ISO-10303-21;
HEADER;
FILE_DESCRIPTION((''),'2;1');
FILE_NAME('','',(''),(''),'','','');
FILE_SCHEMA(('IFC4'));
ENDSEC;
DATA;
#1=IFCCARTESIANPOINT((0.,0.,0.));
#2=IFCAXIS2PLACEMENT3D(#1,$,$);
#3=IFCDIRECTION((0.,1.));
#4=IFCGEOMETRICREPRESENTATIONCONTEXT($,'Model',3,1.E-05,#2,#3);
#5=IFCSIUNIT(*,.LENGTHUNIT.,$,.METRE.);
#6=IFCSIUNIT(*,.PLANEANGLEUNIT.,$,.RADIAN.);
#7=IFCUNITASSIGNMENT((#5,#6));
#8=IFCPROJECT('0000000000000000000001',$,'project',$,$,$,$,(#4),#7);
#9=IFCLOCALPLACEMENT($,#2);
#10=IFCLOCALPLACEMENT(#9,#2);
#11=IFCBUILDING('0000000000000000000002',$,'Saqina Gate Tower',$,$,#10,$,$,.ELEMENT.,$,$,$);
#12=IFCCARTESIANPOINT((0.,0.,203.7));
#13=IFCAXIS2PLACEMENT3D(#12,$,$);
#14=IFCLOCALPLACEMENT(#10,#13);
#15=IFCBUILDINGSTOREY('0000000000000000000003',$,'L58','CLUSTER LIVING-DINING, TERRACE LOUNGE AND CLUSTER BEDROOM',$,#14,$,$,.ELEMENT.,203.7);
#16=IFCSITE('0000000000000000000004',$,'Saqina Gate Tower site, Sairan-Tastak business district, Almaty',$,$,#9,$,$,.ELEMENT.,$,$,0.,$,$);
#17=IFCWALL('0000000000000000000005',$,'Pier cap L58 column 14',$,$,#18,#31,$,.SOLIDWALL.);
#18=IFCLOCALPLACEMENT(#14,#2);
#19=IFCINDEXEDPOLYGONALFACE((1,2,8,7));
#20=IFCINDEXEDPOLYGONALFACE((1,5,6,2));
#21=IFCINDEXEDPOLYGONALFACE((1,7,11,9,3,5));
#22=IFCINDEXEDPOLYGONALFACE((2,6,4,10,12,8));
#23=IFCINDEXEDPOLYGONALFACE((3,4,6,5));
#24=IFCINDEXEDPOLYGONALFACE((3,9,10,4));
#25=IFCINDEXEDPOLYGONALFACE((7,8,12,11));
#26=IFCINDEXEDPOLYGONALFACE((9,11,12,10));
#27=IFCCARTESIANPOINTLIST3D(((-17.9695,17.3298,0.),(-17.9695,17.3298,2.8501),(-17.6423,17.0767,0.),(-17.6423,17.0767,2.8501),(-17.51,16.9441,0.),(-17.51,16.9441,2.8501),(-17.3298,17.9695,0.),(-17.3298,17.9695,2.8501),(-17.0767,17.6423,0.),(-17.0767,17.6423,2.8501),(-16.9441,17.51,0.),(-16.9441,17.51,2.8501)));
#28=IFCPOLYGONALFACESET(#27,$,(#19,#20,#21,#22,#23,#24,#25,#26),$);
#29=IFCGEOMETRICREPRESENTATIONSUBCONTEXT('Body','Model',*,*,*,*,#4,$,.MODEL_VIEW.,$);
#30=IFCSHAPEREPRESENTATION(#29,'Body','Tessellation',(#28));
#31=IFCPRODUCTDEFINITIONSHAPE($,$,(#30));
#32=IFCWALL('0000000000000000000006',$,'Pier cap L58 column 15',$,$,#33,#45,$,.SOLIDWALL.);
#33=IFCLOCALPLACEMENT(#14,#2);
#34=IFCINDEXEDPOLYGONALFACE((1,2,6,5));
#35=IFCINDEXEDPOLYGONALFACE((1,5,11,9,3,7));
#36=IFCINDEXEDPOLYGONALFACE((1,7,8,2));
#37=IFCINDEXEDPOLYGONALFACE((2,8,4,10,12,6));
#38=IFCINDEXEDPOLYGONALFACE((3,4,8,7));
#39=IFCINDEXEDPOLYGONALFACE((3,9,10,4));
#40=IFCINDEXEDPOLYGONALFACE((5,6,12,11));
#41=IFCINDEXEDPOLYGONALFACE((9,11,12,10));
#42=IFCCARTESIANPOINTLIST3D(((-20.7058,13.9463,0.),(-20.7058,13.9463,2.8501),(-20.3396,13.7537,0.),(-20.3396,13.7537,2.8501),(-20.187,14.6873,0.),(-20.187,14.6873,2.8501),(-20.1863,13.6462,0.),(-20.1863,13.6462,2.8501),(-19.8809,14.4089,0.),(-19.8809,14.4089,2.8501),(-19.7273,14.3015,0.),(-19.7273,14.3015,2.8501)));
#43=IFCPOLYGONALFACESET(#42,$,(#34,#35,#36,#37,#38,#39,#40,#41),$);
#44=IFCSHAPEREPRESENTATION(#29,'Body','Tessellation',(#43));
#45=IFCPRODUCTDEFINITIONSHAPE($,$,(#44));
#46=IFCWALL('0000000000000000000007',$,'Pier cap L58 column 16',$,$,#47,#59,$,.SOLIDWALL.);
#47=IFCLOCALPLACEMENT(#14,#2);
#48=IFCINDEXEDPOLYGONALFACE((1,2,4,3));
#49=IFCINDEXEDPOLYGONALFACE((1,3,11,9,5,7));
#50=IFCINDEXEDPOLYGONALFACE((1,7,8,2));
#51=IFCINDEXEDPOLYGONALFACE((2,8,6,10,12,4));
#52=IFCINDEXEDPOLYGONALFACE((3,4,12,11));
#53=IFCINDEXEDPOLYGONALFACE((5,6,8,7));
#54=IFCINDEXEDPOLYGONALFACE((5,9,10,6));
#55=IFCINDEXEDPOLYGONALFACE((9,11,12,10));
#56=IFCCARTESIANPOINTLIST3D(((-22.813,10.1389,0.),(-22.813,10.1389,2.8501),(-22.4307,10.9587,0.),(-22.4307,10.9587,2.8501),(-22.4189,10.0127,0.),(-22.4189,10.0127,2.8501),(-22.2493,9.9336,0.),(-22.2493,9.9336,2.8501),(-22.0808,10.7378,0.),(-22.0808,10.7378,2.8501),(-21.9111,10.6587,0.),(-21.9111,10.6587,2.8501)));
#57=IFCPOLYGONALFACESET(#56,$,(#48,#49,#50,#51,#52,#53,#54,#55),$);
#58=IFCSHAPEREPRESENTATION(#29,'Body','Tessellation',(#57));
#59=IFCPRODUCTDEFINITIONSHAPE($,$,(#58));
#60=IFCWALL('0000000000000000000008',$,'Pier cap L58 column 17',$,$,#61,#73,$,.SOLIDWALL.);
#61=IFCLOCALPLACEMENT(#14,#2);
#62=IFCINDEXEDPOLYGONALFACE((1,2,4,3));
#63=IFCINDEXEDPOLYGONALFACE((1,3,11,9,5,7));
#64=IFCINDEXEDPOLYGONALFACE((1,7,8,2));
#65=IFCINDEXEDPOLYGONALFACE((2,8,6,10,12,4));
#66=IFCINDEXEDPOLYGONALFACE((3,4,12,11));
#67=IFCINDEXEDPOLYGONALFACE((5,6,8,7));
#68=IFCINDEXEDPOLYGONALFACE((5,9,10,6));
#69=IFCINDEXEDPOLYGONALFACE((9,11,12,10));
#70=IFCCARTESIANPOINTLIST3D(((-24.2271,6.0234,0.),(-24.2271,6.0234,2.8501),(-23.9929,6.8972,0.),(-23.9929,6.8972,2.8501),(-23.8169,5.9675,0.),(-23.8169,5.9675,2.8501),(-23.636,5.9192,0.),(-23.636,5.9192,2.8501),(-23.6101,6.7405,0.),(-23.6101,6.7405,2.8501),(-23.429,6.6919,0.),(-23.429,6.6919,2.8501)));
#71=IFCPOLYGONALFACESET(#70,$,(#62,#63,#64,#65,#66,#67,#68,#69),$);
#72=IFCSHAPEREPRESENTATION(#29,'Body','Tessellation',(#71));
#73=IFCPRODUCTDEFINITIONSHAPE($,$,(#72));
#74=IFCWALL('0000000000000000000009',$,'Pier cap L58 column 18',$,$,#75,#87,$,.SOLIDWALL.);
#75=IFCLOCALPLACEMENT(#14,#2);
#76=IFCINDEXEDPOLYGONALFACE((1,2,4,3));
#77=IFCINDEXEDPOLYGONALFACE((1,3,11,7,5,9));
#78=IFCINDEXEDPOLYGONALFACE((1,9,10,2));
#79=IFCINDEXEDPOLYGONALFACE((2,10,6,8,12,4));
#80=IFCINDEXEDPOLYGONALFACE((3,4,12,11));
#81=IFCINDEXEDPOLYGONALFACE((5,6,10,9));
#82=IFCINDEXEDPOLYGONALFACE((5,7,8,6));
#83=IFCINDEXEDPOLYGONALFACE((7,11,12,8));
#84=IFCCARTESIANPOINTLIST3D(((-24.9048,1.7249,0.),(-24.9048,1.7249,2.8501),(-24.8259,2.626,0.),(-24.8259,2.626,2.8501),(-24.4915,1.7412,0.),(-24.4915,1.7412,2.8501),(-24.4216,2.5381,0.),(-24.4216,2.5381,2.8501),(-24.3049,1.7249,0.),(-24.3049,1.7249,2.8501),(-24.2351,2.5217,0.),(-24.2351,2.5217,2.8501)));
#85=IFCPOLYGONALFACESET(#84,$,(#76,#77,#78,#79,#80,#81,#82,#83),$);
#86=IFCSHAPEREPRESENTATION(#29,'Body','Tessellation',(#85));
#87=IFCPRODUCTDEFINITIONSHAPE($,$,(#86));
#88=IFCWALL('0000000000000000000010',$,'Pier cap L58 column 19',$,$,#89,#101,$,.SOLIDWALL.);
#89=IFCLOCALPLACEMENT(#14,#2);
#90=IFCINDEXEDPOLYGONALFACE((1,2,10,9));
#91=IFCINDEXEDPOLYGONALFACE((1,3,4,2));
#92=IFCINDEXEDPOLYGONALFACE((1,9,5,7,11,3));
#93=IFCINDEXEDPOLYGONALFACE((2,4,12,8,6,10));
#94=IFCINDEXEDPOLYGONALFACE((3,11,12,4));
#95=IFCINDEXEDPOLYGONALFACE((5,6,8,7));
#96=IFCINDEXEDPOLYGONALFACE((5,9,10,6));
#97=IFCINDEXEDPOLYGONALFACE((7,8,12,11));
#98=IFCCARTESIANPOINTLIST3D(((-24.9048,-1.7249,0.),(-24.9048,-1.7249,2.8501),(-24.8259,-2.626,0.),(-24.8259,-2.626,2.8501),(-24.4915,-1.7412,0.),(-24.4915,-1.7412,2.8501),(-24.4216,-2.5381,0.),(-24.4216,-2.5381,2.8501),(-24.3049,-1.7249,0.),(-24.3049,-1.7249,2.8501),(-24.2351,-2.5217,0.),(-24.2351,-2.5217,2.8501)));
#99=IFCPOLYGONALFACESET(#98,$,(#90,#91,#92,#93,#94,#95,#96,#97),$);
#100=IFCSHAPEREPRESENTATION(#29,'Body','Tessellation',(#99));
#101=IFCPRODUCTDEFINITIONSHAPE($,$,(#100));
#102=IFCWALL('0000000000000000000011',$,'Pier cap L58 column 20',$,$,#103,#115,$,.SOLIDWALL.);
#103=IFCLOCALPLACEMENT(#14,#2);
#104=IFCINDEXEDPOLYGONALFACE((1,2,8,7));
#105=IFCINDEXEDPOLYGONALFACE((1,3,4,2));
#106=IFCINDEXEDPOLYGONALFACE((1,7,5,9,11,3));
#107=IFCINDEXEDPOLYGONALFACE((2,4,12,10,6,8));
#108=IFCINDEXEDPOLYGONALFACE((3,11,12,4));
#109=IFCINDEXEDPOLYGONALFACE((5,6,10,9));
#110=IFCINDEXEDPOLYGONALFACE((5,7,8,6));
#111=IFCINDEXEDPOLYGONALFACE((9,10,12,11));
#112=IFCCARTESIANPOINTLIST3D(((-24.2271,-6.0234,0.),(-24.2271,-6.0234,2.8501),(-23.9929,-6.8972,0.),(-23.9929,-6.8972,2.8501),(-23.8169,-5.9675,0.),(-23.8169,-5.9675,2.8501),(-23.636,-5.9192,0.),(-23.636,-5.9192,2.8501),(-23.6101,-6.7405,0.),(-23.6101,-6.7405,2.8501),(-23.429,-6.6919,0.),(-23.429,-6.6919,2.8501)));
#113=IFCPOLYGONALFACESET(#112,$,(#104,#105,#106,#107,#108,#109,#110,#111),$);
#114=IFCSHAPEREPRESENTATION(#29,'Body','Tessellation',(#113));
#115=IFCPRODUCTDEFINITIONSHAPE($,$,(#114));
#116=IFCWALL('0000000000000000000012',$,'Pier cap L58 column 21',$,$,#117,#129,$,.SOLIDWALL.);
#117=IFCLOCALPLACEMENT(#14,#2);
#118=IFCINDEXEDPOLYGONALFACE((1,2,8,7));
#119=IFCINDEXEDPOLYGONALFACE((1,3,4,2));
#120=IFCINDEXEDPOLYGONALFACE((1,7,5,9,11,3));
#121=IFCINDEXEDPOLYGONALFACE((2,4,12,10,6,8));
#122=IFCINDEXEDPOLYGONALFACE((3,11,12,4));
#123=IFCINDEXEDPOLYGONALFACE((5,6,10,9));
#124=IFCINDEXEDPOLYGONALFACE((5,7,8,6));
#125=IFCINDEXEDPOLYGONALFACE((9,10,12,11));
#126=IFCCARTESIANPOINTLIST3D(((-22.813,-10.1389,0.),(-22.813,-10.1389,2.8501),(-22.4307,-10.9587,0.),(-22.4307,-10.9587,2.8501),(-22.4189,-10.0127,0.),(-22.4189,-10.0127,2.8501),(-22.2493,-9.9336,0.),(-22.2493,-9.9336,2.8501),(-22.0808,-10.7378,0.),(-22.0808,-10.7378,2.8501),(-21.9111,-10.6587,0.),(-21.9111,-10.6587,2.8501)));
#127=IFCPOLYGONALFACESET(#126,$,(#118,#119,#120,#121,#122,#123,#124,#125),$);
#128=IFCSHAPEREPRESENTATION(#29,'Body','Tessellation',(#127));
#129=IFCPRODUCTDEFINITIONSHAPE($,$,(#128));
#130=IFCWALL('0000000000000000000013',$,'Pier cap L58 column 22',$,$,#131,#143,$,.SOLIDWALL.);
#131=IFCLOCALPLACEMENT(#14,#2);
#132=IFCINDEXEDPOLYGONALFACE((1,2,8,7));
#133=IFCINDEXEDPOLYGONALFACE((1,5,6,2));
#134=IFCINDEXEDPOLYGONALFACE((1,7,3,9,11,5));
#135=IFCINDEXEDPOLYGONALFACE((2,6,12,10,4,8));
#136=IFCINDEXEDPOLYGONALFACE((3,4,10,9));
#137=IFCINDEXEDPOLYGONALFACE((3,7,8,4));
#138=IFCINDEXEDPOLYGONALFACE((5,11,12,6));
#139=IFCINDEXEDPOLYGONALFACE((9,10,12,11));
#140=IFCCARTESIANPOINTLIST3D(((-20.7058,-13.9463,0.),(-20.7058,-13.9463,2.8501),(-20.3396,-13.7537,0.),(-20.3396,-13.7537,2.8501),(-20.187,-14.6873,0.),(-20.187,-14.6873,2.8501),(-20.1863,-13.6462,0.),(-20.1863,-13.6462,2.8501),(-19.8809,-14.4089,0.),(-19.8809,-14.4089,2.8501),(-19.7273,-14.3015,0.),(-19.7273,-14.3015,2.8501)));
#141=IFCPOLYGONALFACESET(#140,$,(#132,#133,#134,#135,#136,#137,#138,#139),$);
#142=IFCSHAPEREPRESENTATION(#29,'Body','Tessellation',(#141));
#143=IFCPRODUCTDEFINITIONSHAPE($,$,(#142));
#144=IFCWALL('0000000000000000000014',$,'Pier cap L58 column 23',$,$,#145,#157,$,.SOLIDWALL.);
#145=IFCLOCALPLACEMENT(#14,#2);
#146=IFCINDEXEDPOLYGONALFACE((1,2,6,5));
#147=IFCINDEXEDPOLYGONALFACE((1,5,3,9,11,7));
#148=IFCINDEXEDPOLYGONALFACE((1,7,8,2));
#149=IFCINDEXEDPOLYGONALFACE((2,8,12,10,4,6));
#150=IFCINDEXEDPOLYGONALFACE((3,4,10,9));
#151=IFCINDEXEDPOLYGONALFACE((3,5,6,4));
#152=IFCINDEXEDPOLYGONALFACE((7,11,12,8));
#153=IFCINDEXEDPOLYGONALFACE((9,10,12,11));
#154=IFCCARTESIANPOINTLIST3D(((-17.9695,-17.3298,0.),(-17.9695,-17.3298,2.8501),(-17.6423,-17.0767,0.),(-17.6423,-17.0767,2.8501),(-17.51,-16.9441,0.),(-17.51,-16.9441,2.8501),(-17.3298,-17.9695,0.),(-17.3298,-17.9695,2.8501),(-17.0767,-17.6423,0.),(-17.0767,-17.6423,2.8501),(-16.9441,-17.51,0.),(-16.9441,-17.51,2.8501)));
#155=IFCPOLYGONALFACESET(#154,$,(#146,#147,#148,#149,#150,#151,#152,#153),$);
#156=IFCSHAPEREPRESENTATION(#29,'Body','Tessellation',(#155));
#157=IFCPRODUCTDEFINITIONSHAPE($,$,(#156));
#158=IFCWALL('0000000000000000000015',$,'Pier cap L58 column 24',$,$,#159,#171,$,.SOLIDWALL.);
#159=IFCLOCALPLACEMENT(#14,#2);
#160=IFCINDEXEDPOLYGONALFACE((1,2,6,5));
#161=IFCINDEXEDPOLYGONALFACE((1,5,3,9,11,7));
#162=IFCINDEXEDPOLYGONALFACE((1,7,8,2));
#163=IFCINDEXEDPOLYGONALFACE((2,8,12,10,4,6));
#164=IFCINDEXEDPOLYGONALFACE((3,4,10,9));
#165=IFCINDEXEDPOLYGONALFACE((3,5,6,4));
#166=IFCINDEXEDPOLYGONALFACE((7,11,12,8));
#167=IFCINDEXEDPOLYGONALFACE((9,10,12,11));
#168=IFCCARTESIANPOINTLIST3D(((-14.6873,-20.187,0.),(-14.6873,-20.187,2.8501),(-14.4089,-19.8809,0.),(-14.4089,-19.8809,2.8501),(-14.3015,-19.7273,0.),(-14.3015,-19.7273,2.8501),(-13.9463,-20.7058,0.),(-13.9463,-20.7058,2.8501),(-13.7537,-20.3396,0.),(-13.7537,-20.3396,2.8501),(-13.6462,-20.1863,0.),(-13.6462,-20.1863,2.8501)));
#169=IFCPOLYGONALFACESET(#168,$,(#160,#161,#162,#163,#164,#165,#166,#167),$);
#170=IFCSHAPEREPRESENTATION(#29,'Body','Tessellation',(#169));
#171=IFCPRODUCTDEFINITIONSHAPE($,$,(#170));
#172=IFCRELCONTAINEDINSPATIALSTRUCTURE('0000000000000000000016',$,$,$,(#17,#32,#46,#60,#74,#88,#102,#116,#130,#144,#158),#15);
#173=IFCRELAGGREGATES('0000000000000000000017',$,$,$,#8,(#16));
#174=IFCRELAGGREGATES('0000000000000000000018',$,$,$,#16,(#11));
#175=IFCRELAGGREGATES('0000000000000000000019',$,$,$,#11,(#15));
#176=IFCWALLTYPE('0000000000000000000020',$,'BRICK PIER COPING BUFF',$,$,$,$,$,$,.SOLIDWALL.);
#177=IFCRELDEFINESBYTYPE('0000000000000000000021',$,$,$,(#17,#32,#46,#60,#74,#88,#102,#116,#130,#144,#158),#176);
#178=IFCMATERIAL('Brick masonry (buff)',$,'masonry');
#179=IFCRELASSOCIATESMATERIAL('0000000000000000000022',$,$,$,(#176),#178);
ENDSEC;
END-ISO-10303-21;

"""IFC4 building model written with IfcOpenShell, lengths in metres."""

from ifc_helpers import new_model, si_unit, direction, frame, origin, place, context, subcontext, project, spatial, polyline, outline, extrude, material, type_object, element, save


model = new_model("IFC4")

# Units and contexts
model_context = context("Model", 3, precision=1e-05, world=origin(), true_north=direction((0.0, 1.0)))
body_context = subcontext(model_context, "Body", "Model", "MODEL_VIEW")
ifc_project = project(units=[si_unit("LENGTHUNIT", "METRE"), si_unit("PLANEANGLEUNIT", "RADIAN")], contexts=[model_context])

# Site, building, storey
site_placement = place(None, origin())
site = spatial("IfcSite", under=ifc_project, at=site_placement, Name="Saqina Gate Tower site, Sairan-Tastak business district, Almaty", CompositionType="ELEMENT", RefElevation=0.0)
building_placement = place(site_placement, origin())
building = spatial("IfcBuilding", under=site, at=building_placement, Name="Saqina Gate Tower", CompositionType="ELEMENT")
storey_placement = place(building_placement, frame((0.0, 0.0, 203.7)))
storey = spatial("IfcBuildingStorey", under=building, at=storey_placement, Name="L58", Description="CLUSTER LIVING-DINING, TERRACE LOUNGE AND CLUSTER BEDROOM", CompositionType="ELEMENT", Elevation=203.7)

# Walls
ifc_material = material(Name="Brick masonry (buff)", Category="masonry")
wall_type = type_object("IfcWallType", Name="BRICK PIER COPING BUFF", PredefinedType="SOLIDWALL", material=ifc_material)
wall_1_placement = place(storey_placement, origin())
element("IfcWall", 1, at=wall_1_placement, inside=storey, type_object=wall_type, Name="Pier cap L58 column 14", PredefinedType="SOLIDWALL", context=body_context, shape_type="SweptSolid", body=[
    extrude(outline(polyline([(-17.9695, 17.3298), (-17.51, 16.9441), (-17.6423, 17.0767), (-17.0767, 17.6423), (-16.9441, 17.51), (-17.3298, 17.9695), (-17.9695, 17.3298)])), origin(), (0.0, 0.0, 1.0), 2.8501),
])
wall_2_placement = place(storey_placement, origin())
element("IfcWall", 2, at=wall_2_placement, inside=storey, type_object=wall_type, Name="Pier cap L58 column 15", PredefinedType="SOLIDWALL", context=body_context, shape_type="SweptSolid", body=[
    extrude(outline(polyline([(-20.187, 14.6873), (-20.7058, 13.9463), (-20.1863, 13.6462), (-20.3396, 13.7537), (-19.8809, 14.4089), (-19.7273, 14.3015), (-20.187, 14.6873)])), origin(), (0.0, 0.0, 1.0), 2.8501),
])
wall_3_placement = place(storey_placement, origin())
element("IfcWall", 3, at=wall_3_placement, inside=storey, type_object=wall_type, Name="Pier cap L58 column 16", PredefinedType="SOLIDWALL", context=body_context, shape_type="SweptSolid", body=[
    extrude(outline(polyline([(-22.813, 10.1389), (-22.2493, 9.9336), (-22.4189, 10.0127), (-22.0808, 10.7378), (-21.9111, 10.6587), (-22.4307, 10.9587), (-22.813, 10.1389)])), origin(), (0.0, 0.0, 1.0), 2.8501),
])
wall_4_placement = place(storey_placement, origin())
element("IfcWall", 4, at=wall_4_placement, inside=storey, type_object=wall_type, Name="Pier cap L58 column 17", PredefinedType="SOLIDWALL", context=body_context, shape_type="SweptSolid", body=[
    extrude(outline(polyline([(-24.2271, 6.0234), (-23.636, 5.9192), (-23.8169, 5.9675), (-23.6101, 6.7405), (-23.429, 6.6919), (-23.9929, 6.8972), (-24.2271, 6.0234)])), origin(), (0.0, 0.0, 1.0), 2.8501),
])
wall_5_placement = place(storey_placement, origin())
element("IfcWall", 5, at=wall_5_placement, inside=storey, type_object=wall_type, Name="Pier cap L58 column 18", PredefinedType="SOLIDWALL", context=body_context, shape_type="SweptSolid", body=[
    extrude(outline(polyline([(-24.8259, 2.626), (-24.9048, 1.7249), (-24.3049, 1.7249), (-24.4915, 1.7412), (-24.4216, 2.5381), (-24.2351, 2.5217), (-24.8259, 2.626)])), origin(), (0.0, 0.0, 1.0), 2.8501),
])
wall_6_placement = place(storey_placement, origin())
element("IfcWall", 6, at=wall_6_placement, inside=storey, type_object=wall_type, Name="Pier cap L58 column 19", PredefinedType="SOLIDWALL", context=body_context, shape_type="SweptSolid", body=[
    extrude(outline(polyline([(-24.9048, -1.7249), (-24.8259, -2.626), (-24.2351, -2.5217), (-24.4216, -2.5381), (-24.4915, -1.7412), (-24.3049, -1.7249), (-24.9048, -1.7249)])), origin(), (0.0, 0.0, 1.0), 2.8501),
])
wall_7_placement = place(storey_placement, origin())
element("IfcWall", 7, at=wall_7_placement, inside=storey, type_object=wall_type, Name="Pier cap L58 column 20", PredefinedType="SOLIDWALL", context=body_context, shape_type="SweptSolid", body=[
    extrude(outline(polyline([(-24.2271, -6.0234), (-23.9929, -6.8972), (-23.429, -6.6919), (-23.6101, -6.7405), (-23.8169, -5.9675), (-23.636, -5.9192), (-24.2271, -6.0234)])), origin(), (0.0, 0.0, 1.0), 2.8501),
])
wall_8_placement = place(storey_placement, origin())
element("IfcWall", 8, at=wall_8_placement, inside=storey, type_object=wall_type, Name="Pier cap L58 column 21", PredefinedType="SOLIDWALL", context=body_context, shape_type="SweptSolid", body=[
    extrude(outline(polyline([(-22.4307, -10.9587), (-21.9111, -10.6587), (-22.0808, -10.7378), (-22.4189, -10.0127), (-22.2493, -9.9336), (-22.813, -10.1389), (-22.4307, -10.9587)])), origin(), (0.0, 0.0, 1.0), 2.8501),
])
wall_9_placement = place(storey_placement, origin())
element("IfcWall", 9, at=wall_9_placement, inside=storey, type_object=wall_type, Name="Pier cap L58 column 22", PredefinedType="SOLIDWALL", context=body_context, shape_type="SweptSolid", body=[
    extrude(outline(polyline([(-20.7058, -13.9463), (-20.187, -14.6873), (-19.7273, -14.3015), (-19.8809, -14.4089), (-20.3396, -13.7537), (-20.1863, -13.6462), (-20.7058, -13.9463)])), origin(), (0.0, 0.0, 1.0), 2.8501),
])
wall_10_placement = place(storey_placement, origin())
element("IfcWall", 10, at=wall_10_placement, inside=storey, type_object=wall_type, Name="Pier cap L58 column 23", PredefinedType="SOLIDWALL", context=body_context, shape_type="SweptSolid", body=[
    extrude(outline(polyline([(-17.3298, -17.9695), (-16.9441, -17.51), (-17.0767, -17.6423), (-17.6423, -17.0767), (-17.51, -16.9441), (-17.9695, -17.3298), (-17.3298, -17.9695)])), origin(), (0.0, 0.0, 1.0), 2.8501),
])
wall_11_placement = place(storey_placement, origin())
element("IfcWall", 11, at=wall_11_placement, inside=storey, type_object=wall_type, Name="Pier cap L58 column 24", PredefinedType="SOLIDWALL", context=body_context, shape_type="SweptSolid", body=[
    extrude(outline(polyline([(-14.6873, -20.187), (-13.9463, -20.7058), (-13.6462, -20.1863), (-13.7537, -20.3396), (-14.4089, -19.8809), (-14.3015, -19.7273), (-14.6873, -20.187)])), origin(), (0.0, 0.0, 1.0), 2.8501),
])

save(model, "model.ifc")
